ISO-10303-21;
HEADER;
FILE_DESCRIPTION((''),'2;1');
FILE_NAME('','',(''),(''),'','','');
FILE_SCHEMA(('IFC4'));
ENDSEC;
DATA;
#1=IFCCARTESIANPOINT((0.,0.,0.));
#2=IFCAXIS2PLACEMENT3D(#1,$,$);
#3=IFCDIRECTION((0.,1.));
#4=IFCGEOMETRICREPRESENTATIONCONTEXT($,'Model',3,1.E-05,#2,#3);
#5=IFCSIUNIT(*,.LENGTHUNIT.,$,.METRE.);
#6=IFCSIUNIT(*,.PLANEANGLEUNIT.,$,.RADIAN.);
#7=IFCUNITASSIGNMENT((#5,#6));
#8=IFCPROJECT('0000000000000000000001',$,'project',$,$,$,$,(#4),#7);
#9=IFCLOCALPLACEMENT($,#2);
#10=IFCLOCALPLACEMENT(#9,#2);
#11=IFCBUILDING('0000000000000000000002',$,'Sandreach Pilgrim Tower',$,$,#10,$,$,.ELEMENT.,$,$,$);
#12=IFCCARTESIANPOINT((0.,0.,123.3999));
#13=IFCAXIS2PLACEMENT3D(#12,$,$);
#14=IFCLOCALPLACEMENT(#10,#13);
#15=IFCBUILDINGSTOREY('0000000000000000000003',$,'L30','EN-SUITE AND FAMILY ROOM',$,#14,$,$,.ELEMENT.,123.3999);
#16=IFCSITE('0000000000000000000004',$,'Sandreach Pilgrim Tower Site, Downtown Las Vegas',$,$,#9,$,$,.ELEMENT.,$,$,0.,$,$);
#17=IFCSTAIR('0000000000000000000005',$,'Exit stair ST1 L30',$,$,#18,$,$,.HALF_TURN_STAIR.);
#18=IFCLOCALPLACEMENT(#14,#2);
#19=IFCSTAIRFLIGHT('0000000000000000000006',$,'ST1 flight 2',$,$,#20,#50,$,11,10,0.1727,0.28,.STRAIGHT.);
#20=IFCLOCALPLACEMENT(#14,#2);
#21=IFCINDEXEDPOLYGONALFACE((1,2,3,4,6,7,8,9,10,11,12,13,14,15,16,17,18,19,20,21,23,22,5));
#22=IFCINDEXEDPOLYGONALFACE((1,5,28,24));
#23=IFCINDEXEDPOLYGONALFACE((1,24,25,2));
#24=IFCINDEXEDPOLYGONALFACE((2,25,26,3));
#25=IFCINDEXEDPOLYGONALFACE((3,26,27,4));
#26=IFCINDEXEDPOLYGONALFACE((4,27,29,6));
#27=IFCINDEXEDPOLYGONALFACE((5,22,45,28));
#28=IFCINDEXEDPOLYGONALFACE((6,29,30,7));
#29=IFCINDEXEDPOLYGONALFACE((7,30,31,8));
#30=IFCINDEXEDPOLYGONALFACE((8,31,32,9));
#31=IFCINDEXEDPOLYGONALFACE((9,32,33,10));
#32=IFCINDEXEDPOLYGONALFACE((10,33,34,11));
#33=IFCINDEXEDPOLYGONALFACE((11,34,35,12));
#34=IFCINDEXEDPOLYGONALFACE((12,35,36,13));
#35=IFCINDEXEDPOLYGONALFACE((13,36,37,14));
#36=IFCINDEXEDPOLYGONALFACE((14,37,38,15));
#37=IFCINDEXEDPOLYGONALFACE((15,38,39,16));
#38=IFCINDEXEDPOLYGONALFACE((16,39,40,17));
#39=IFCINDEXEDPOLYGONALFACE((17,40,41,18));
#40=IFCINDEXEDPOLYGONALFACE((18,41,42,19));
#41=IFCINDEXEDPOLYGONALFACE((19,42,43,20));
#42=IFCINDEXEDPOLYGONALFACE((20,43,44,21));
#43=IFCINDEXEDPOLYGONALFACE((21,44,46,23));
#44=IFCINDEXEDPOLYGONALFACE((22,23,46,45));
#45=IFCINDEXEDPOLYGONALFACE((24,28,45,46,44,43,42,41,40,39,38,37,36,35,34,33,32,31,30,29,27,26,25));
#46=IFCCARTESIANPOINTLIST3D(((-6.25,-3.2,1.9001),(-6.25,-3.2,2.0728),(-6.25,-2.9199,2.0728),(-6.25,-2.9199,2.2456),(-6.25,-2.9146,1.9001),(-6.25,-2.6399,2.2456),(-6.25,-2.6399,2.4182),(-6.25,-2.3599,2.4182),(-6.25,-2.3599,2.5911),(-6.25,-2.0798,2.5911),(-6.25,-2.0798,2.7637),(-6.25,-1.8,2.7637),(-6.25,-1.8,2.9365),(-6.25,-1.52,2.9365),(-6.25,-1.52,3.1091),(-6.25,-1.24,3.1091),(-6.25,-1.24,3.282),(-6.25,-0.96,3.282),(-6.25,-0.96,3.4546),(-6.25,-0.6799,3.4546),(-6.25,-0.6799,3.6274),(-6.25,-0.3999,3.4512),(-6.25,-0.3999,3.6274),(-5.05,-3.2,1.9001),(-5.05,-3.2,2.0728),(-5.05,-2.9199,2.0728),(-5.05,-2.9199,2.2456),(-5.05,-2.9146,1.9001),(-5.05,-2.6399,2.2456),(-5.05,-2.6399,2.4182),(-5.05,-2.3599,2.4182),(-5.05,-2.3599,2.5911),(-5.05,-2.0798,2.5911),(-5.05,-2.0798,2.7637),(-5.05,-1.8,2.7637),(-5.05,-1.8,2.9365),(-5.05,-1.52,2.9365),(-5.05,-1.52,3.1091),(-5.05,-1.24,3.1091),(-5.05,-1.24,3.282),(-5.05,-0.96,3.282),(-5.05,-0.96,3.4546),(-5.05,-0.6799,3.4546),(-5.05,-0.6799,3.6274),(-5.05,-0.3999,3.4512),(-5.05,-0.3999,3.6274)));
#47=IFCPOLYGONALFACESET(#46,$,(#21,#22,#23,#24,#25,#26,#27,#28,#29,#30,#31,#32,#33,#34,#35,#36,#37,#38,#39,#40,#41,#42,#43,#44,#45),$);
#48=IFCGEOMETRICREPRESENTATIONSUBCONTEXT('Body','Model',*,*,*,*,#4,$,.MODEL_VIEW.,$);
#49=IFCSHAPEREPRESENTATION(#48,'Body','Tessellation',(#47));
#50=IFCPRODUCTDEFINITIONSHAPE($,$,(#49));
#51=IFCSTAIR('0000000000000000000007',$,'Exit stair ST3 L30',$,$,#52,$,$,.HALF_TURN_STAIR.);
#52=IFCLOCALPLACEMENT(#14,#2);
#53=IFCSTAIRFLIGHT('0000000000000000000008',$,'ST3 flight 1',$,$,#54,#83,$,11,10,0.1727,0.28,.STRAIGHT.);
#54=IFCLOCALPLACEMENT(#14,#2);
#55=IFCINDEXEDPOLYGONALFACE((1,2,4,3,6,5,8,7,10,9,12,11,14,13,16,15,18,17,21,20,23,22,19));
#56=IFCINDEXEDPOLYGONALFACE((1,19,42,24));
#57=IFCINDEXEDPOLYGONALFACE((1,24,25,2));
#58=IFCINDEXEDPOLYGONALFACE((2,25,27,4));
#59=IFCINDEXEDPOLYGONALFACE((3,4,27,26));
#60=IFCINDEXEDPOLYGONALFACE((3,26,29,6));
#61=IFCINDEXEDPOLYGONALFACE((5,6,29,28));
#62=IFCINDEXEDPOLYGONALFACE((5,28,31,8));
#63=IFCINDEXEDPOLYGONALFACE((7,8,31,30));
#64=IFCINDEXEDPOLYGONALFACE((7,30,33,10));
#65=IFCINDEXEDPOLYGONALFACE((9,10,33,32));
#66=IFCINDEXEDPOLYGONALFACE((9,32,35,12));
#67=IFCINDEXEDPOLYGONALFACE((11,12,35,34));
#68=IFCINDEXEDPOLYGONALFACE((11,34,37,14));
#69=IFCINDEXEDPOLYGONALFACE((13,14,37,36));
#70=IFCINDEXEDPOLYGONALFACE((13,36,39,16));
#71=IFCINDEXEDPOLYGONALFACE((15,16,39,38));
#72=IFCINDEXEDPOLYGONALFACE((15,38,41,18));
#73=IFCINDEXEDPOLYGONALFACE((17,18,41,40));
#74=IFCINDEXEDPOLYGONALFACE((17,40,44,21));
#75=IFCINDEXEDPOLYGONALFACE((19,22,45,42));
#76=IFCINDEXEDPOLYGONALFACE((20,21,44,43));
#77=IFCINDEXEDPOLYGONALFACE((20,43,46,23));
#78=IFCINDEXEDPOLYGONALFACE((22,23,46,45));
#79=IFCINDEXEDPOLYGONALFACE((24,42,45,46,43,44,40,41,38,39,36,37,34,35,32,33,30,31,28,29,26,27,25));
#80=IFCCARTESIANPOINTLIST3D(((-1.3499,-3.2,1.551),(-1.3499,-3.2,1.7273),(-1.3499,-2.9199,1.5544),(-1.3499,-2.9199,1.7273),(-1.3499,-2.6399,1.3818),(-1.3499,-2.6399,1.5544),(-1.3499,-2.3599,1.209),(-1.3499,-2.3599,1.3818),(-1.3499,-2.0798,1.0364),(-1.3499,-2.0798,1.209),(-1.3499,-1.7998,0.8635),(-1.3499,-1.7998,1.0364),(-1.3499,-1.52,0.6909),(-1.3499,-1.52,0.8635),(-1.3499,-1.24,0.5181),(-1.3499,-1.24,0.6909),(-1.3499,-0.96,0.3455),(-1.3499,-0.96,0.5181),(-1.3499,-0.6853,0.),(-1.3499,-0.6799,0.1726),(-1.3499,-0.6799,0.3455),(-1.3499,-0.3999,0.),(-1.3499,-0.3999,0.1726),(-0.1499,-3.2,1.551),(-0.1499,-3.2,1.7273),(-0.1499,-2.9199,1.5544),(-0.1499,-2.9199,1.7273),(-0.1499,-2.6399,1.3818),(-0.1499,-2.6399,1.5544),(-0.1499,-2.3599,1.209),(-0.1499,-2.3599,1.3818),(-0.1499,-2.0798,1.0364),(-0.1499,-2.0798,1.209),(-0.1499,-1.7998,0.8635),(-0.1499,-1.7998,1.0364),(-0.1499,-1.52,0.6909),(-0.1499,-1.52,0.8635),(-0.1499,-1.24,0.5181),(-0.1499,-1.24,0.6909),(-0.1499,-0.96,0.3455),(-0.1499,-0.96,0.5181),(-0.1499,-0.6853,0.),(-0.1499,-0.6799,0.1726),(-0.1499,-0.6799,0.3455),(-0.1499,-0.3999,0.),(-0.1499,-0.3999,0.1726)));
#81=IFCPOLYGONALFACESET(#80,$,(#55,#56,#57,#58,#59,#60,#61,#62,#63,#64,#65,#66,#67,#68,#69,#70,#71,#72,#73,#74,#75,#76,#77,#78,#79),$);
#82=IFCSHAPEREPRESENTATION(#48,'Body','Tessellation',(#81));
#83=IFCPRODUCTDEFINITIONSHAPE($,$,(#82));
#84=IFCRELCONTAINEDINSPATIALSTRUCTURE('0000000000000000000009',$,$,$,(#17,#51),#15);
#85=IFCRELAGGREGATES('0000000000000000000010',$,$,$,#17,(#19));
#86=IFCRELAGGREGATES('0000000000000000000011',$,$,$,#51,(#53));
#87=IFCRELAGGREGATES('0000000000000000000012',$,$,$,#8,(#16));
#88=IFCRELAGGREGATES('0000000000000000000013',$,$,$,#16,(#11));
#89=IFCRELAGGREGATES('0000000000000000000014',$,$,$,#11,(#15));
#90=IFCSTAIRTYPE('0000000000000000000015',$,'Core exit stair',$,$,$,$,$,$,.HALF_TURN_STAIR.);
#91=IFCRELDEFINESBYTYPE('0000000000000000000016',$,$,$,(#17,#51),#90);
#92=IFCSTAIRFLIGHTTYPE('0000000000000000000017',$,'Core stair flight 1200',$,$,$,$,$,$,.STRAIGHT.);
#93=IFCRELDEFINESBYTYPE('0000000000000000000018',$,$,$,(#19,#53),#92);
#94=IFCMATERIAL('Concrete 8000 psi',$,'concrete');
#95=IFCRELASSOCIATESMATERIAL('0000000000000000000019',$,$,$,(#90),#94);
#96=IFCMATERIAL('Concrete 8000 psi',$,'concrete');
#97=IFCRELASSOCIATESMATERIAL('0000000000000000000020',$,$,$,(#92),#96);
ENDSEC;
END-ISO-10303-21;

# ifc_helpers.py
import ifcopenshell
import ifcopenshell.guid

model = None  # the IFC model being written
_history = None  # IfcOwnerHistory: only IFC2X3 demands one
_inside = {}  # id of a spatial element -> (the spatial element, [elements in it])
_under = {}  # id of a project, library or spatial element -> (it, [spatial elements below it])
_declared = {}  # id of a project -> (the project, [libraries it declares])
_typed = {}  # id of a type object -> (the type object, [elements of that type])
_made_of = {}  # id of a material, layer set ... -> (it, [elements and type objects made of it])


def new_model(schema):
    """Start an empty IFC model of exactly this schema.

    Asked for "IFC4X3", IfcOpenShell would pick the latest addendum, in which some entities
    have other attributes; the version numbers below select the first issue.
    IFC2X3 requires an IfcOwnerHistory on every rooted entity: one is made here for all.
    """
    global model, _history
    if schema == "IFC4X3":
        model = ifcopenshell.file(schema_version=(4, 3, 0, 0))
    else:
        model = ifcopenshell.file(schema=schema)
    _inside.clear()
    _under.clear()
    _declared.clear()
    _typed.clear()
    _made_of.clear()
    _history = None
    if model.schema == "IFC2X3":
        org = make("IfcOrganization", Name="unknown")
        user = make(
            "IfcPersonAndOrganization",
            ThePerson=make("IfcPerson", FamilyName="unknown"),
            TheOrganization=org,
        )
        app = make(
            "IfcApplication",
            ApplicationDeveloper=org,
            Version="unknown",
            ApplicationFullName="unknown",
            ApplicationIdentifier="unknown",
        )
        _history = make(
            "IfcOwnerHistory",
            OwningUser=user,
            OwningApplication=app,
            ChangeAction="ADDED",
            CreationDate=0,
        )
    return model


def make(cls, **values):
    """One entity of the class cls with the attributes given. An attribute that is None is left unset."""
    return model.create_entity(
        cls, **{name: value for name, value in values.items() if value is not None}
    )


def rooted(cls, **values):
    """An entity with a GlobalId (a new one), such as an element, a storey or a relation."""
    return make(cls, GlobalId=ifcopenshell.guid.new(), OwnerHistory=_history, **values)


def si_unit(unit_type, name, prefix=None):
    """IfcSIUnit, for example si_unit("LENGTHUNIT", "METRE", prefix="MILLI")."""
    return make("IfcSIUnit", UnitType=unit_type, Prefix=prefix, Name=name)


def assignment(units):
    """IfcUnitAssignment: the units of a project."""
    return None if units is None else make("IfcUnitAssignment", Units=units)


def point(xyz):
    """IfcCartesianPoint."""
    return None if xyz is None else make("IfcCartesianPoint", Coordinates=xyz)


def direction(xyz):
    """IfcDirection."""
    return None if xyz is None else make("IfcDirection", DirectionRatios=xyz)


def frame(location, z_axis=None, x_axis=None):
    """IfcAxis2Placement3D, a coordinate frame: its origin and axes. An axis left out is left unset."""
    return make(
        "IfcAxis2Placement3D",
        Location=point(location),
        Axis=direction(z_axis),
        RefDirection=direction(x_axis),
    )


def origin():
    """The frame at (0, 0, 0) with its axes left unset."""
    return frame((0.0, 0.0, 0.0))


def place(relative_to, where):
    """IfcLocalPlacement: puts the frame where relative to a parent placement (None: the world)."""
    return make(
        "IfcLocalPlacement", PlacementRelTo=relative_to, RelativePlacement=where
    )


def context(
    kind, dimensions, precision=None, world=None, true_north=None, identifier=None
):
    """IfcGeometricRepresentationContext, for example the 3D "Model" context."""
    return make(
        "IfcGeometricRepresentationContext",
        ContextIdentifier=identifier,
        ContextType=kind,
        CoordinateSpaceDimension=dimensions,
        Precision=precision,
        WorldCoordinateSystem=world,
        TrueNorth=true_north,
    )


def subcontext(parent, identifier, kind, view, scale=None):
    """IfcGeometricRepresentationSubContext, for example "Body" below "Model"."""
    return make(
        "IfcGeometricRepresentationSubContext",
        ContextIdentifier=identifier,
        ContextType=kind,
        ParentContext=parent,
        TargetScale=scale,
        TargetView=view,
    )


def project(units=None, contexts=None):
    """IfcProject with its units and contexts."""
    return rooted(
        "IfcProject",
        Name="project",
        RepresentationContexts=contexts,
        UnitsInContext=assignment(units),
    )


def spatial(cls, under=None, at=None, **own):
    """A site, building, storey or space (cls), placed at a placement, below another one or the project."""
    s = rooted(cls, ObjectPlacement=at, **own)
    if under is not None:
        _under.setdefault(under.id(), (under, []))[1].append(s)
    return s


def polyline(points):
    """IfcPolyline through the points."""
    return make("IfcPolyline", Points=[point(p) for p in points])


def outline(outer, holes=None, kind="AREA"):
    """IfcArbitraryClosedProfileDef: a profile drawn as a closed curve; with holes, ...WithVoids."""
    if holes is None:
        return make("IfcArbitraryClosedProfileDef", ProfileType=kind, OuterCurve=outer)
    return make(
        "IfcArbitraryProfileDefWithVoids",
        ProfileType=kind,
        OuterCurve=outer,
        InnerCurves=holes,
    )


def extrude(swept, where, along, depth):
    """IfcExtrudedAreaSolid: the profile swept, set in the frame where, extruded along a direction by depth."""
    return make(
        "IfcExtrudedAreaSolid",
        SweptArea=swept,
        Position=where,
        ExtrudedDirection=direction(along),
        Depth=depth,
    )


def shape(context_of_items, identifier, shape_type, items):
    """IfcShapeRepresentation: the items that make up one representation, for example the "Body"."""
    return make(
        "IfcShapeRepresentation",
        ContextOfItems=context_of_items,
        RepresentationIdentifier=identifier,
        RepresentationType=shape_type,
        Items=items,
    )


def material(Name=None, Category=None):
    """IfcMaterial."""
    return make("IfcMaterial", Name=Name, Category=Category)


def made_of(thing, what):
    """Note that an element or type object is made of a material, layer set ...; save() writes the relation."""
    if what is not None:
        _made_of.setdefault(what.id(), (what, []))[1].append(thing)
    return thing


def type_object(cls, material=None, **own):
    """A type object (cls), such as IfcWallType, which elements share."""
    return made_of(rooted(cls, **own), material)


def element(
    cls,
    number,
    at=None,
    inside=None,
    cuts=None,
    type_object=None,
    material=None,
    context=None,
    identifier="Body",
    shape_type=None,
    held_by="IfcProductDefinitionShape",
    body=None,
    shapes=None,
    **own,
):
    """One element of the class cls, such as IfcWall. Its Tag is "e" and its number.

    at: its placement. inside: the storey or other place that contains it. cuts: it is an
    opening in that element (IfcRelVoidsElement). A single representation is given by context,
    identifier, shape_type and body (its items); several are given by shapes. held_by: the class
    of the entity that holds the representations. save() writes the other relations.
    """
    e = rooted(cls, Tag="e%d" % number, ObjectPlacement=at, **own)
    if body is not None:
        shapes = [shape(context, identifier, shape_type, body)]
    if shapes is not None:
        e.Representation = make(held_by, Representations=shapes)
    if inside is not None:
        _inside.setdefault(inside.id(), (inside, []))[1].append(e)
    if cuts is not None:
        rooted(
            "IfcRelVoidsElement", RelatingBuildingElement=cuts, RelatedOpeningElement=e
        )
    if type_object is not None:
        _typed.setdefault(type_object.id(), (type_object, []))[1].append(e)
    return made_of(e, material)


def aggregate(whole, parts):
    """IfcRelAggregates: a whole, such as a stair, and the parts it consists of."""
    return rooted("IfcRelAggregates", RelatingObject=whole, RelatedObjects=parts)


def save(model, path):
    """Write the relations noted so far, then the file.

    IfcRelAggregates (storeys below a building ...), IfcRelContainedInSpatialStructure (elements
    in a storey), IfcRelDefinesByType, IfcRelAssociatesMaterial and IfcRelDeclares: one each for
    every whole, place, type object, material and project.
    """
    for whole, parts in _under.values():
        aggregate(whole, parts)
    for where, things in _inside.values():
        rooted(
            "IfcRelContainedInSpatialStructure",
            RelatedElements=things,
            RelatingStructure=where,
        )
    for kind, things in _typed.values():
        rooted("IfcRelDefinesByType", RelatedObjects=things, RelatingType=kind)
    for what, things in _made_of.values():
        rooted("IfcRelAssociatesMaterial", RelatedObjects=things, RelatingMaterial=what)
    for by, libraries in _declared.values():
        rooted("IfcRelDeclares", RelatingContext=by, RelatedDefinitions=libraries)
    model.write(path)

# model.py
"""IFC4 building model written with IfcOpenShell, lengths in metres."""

from ifc_helpers import new_model, si_unit, direction, frame, origin, place, context, subcontext, project, spatial, polyline, outline, extrude, material, type_object, element, aggregate, save


model = new_model("IFC4")

# Units and contexts
model_context = context("Model", 3, precision=1e-05, world=origin(), true_north=direction((0.0, 1.0)))
body_context = subcontext(model_context, "Body", "Model", "MODEL_VIEW")
ifc_project = project(units=[si_unit("LENGTHUNIT", "METRE"), si_unit("PLANEANGLEUNIT", "RADIAN")], contexts=[model_context])

# Site, building, storey
site_placement = place(None, origin())
site = spatial("IfcSite", under=ifc_project, at=site_placement, Name="Sandreach Pilgrim Tower Site, Downtown Las Vegas", CompositionType="ELEMENT", RefElevation=0.0)
building_placement = place(site_placement, origin())
building = spatial("IfcBuilding", under=site, at=building_placement, Name="Sandreach Pilgrim Tower", CompositionType="ELEMENT")
storey_placement = place(building_placement, frame((0.0, 0.0, 123.3999)))
storey = spatial("IfcBuildingStorey", under=building, at=storey_placement, Name="L30", Description="EN-SUITE AND FAMILY ROOM", CompositionType="ELEMENT", Elevation=123.3999)

# Stair, stair flight
ifc_material_1 = material(Name="Concrete 8000 psi", Category="concrete")
stair_type = type_object("IfcStairType", Name="Core exit stair", PredefinedType="HALF_TURN_STAIR", material=ifc_material_1)
stair_1_placement = place(storey_placement, origin())
stair_1 = element("IfcStair", 1, at=stair_1_placement, inside=storey, type_object=stair_type, Name="Exit stair ST1 L30", PredefinedType="HALF_TURN_STAIR")
ifc_material_2 = material(Name="Concrete 8000 psi", Category="concrete")
stair_flight_type = type_object("IfcStairFlightType", Name="Core stair flight 1200", PredefinedType="STRAIGHT", material=ifc_material_2)
stair_flight_1_placement = place(storey_placement, frame((-5.6499, -3.2, 1.9001), z_axis=(0.0, 0.0, 1.0), x_axis=(0.0, 1.0, 0.0)))
stair_flight_1 = element("IfcStairFlight", 2, at=stair_flight_1_placement, type_object=stair_flight_type, Name="ST1 flight 2", NumberOfRisers=11, NumberOfTreads=10, PredefinedType="STRAIGHT", RiserHeight=0.1727, TreadLength=0.28, context=body_context, shape_type="SweptSolid", body=[
    extrude(outline(polyline([(0.0, 0.0), (0.0, 0.1726), (0.28, 0.1726), (0.28, 0.3455), (0.5601, 0.3455), (0.5601, 0.5181), (0.8401, 0.5181), (0.8401, 0.6909), (1.1201, 0.6909), (1.1201, 0.8635), (1.3999, 0.8635), (1.3999, 1.0364), (1.6799, 1.0364), (1.6799, 1.209), (1.96, 1.209), (1.96, 1.3818), (2.24, 1.3818), (2.24, 1.5544), (2.52, 1.5544), (2.52, 1.7273), (2.8, 1.7273), (2.8, 1.8999), (2.8, 1.551), (0.2854, 0.0), (0.0, 0.0)])), frame((0.0, 0.6001, 0.0), z_axis=(0.0, -1.0, 0.0), x_axis=(1.0, 0.0, 0.0)), (0.0, 0.0, 1.0), 1.2),
])
aggregate(stair_1, [stair_flight_1])

# Stair, stair flight
stair_2_placement = place(storey_placement, origin())
stair_2 = element("IfcStair", 3, at=stair_2_placement, inside=storey, type_object=stair_type, Name="Exit stair ST3 L30", PredefinedType="HALF_TURN_STAIR")
stair_flight_2_placement = place(storey_placement, frame((-0.75, -0.3999, 0.0), z_axis=(0.0, 0.0, 1.0), x_axis=(0.0, -1.0, 0.0)))
stair_flight_2 = element("IfcStairFlight", 4, at=stair_flight_2_placement, type_object=stair_flight_type, Name="ST3 flight 1", NumberOfRisers=11, NumberOfTreads=10, PredefinedType="STRAIGHT", RiserHeight=0.1727, TreadLength=0.28, context=body_context, shape_type="SweptSolid", body=[
    extrude(outline(polyline([(0.0, 0.0), (0.0, 0.1726), (0.28, 0.1726), (0.28, 0.3455), (0.5601, 0.3455), (0.5601, 0.5181), (0.8401, 0.5181), (0.8401, 0.6909), (1.1201, 0.6909), (1.1201, 0.8635), (1.3999, 0.8635), (1.3999, 1.0364), (1.6799, 1.0364), (1.6799, 1.209), (1.96, 1.209), (1.96, 1.3818), (2.24, 1.3818), (2.24, 1.5544), (2.52, 1.5544), (2.52, 1.7273), (2.8, 1.7273), (2.8, 1.8999), (2.8, 1.551), (0.2854, 0.0), (0.0, 0.0)])), frame((0.0, 0.6001, 0.0), z_axis=(0.0, -1.0, 0.0), x_axis=(1.0, 0.0, 0.0)), (0.0, 0.0, 1.0), 1.2),
])
aggregate(stair_2, [stair_flight_2])

save(model, "model.ifc")
